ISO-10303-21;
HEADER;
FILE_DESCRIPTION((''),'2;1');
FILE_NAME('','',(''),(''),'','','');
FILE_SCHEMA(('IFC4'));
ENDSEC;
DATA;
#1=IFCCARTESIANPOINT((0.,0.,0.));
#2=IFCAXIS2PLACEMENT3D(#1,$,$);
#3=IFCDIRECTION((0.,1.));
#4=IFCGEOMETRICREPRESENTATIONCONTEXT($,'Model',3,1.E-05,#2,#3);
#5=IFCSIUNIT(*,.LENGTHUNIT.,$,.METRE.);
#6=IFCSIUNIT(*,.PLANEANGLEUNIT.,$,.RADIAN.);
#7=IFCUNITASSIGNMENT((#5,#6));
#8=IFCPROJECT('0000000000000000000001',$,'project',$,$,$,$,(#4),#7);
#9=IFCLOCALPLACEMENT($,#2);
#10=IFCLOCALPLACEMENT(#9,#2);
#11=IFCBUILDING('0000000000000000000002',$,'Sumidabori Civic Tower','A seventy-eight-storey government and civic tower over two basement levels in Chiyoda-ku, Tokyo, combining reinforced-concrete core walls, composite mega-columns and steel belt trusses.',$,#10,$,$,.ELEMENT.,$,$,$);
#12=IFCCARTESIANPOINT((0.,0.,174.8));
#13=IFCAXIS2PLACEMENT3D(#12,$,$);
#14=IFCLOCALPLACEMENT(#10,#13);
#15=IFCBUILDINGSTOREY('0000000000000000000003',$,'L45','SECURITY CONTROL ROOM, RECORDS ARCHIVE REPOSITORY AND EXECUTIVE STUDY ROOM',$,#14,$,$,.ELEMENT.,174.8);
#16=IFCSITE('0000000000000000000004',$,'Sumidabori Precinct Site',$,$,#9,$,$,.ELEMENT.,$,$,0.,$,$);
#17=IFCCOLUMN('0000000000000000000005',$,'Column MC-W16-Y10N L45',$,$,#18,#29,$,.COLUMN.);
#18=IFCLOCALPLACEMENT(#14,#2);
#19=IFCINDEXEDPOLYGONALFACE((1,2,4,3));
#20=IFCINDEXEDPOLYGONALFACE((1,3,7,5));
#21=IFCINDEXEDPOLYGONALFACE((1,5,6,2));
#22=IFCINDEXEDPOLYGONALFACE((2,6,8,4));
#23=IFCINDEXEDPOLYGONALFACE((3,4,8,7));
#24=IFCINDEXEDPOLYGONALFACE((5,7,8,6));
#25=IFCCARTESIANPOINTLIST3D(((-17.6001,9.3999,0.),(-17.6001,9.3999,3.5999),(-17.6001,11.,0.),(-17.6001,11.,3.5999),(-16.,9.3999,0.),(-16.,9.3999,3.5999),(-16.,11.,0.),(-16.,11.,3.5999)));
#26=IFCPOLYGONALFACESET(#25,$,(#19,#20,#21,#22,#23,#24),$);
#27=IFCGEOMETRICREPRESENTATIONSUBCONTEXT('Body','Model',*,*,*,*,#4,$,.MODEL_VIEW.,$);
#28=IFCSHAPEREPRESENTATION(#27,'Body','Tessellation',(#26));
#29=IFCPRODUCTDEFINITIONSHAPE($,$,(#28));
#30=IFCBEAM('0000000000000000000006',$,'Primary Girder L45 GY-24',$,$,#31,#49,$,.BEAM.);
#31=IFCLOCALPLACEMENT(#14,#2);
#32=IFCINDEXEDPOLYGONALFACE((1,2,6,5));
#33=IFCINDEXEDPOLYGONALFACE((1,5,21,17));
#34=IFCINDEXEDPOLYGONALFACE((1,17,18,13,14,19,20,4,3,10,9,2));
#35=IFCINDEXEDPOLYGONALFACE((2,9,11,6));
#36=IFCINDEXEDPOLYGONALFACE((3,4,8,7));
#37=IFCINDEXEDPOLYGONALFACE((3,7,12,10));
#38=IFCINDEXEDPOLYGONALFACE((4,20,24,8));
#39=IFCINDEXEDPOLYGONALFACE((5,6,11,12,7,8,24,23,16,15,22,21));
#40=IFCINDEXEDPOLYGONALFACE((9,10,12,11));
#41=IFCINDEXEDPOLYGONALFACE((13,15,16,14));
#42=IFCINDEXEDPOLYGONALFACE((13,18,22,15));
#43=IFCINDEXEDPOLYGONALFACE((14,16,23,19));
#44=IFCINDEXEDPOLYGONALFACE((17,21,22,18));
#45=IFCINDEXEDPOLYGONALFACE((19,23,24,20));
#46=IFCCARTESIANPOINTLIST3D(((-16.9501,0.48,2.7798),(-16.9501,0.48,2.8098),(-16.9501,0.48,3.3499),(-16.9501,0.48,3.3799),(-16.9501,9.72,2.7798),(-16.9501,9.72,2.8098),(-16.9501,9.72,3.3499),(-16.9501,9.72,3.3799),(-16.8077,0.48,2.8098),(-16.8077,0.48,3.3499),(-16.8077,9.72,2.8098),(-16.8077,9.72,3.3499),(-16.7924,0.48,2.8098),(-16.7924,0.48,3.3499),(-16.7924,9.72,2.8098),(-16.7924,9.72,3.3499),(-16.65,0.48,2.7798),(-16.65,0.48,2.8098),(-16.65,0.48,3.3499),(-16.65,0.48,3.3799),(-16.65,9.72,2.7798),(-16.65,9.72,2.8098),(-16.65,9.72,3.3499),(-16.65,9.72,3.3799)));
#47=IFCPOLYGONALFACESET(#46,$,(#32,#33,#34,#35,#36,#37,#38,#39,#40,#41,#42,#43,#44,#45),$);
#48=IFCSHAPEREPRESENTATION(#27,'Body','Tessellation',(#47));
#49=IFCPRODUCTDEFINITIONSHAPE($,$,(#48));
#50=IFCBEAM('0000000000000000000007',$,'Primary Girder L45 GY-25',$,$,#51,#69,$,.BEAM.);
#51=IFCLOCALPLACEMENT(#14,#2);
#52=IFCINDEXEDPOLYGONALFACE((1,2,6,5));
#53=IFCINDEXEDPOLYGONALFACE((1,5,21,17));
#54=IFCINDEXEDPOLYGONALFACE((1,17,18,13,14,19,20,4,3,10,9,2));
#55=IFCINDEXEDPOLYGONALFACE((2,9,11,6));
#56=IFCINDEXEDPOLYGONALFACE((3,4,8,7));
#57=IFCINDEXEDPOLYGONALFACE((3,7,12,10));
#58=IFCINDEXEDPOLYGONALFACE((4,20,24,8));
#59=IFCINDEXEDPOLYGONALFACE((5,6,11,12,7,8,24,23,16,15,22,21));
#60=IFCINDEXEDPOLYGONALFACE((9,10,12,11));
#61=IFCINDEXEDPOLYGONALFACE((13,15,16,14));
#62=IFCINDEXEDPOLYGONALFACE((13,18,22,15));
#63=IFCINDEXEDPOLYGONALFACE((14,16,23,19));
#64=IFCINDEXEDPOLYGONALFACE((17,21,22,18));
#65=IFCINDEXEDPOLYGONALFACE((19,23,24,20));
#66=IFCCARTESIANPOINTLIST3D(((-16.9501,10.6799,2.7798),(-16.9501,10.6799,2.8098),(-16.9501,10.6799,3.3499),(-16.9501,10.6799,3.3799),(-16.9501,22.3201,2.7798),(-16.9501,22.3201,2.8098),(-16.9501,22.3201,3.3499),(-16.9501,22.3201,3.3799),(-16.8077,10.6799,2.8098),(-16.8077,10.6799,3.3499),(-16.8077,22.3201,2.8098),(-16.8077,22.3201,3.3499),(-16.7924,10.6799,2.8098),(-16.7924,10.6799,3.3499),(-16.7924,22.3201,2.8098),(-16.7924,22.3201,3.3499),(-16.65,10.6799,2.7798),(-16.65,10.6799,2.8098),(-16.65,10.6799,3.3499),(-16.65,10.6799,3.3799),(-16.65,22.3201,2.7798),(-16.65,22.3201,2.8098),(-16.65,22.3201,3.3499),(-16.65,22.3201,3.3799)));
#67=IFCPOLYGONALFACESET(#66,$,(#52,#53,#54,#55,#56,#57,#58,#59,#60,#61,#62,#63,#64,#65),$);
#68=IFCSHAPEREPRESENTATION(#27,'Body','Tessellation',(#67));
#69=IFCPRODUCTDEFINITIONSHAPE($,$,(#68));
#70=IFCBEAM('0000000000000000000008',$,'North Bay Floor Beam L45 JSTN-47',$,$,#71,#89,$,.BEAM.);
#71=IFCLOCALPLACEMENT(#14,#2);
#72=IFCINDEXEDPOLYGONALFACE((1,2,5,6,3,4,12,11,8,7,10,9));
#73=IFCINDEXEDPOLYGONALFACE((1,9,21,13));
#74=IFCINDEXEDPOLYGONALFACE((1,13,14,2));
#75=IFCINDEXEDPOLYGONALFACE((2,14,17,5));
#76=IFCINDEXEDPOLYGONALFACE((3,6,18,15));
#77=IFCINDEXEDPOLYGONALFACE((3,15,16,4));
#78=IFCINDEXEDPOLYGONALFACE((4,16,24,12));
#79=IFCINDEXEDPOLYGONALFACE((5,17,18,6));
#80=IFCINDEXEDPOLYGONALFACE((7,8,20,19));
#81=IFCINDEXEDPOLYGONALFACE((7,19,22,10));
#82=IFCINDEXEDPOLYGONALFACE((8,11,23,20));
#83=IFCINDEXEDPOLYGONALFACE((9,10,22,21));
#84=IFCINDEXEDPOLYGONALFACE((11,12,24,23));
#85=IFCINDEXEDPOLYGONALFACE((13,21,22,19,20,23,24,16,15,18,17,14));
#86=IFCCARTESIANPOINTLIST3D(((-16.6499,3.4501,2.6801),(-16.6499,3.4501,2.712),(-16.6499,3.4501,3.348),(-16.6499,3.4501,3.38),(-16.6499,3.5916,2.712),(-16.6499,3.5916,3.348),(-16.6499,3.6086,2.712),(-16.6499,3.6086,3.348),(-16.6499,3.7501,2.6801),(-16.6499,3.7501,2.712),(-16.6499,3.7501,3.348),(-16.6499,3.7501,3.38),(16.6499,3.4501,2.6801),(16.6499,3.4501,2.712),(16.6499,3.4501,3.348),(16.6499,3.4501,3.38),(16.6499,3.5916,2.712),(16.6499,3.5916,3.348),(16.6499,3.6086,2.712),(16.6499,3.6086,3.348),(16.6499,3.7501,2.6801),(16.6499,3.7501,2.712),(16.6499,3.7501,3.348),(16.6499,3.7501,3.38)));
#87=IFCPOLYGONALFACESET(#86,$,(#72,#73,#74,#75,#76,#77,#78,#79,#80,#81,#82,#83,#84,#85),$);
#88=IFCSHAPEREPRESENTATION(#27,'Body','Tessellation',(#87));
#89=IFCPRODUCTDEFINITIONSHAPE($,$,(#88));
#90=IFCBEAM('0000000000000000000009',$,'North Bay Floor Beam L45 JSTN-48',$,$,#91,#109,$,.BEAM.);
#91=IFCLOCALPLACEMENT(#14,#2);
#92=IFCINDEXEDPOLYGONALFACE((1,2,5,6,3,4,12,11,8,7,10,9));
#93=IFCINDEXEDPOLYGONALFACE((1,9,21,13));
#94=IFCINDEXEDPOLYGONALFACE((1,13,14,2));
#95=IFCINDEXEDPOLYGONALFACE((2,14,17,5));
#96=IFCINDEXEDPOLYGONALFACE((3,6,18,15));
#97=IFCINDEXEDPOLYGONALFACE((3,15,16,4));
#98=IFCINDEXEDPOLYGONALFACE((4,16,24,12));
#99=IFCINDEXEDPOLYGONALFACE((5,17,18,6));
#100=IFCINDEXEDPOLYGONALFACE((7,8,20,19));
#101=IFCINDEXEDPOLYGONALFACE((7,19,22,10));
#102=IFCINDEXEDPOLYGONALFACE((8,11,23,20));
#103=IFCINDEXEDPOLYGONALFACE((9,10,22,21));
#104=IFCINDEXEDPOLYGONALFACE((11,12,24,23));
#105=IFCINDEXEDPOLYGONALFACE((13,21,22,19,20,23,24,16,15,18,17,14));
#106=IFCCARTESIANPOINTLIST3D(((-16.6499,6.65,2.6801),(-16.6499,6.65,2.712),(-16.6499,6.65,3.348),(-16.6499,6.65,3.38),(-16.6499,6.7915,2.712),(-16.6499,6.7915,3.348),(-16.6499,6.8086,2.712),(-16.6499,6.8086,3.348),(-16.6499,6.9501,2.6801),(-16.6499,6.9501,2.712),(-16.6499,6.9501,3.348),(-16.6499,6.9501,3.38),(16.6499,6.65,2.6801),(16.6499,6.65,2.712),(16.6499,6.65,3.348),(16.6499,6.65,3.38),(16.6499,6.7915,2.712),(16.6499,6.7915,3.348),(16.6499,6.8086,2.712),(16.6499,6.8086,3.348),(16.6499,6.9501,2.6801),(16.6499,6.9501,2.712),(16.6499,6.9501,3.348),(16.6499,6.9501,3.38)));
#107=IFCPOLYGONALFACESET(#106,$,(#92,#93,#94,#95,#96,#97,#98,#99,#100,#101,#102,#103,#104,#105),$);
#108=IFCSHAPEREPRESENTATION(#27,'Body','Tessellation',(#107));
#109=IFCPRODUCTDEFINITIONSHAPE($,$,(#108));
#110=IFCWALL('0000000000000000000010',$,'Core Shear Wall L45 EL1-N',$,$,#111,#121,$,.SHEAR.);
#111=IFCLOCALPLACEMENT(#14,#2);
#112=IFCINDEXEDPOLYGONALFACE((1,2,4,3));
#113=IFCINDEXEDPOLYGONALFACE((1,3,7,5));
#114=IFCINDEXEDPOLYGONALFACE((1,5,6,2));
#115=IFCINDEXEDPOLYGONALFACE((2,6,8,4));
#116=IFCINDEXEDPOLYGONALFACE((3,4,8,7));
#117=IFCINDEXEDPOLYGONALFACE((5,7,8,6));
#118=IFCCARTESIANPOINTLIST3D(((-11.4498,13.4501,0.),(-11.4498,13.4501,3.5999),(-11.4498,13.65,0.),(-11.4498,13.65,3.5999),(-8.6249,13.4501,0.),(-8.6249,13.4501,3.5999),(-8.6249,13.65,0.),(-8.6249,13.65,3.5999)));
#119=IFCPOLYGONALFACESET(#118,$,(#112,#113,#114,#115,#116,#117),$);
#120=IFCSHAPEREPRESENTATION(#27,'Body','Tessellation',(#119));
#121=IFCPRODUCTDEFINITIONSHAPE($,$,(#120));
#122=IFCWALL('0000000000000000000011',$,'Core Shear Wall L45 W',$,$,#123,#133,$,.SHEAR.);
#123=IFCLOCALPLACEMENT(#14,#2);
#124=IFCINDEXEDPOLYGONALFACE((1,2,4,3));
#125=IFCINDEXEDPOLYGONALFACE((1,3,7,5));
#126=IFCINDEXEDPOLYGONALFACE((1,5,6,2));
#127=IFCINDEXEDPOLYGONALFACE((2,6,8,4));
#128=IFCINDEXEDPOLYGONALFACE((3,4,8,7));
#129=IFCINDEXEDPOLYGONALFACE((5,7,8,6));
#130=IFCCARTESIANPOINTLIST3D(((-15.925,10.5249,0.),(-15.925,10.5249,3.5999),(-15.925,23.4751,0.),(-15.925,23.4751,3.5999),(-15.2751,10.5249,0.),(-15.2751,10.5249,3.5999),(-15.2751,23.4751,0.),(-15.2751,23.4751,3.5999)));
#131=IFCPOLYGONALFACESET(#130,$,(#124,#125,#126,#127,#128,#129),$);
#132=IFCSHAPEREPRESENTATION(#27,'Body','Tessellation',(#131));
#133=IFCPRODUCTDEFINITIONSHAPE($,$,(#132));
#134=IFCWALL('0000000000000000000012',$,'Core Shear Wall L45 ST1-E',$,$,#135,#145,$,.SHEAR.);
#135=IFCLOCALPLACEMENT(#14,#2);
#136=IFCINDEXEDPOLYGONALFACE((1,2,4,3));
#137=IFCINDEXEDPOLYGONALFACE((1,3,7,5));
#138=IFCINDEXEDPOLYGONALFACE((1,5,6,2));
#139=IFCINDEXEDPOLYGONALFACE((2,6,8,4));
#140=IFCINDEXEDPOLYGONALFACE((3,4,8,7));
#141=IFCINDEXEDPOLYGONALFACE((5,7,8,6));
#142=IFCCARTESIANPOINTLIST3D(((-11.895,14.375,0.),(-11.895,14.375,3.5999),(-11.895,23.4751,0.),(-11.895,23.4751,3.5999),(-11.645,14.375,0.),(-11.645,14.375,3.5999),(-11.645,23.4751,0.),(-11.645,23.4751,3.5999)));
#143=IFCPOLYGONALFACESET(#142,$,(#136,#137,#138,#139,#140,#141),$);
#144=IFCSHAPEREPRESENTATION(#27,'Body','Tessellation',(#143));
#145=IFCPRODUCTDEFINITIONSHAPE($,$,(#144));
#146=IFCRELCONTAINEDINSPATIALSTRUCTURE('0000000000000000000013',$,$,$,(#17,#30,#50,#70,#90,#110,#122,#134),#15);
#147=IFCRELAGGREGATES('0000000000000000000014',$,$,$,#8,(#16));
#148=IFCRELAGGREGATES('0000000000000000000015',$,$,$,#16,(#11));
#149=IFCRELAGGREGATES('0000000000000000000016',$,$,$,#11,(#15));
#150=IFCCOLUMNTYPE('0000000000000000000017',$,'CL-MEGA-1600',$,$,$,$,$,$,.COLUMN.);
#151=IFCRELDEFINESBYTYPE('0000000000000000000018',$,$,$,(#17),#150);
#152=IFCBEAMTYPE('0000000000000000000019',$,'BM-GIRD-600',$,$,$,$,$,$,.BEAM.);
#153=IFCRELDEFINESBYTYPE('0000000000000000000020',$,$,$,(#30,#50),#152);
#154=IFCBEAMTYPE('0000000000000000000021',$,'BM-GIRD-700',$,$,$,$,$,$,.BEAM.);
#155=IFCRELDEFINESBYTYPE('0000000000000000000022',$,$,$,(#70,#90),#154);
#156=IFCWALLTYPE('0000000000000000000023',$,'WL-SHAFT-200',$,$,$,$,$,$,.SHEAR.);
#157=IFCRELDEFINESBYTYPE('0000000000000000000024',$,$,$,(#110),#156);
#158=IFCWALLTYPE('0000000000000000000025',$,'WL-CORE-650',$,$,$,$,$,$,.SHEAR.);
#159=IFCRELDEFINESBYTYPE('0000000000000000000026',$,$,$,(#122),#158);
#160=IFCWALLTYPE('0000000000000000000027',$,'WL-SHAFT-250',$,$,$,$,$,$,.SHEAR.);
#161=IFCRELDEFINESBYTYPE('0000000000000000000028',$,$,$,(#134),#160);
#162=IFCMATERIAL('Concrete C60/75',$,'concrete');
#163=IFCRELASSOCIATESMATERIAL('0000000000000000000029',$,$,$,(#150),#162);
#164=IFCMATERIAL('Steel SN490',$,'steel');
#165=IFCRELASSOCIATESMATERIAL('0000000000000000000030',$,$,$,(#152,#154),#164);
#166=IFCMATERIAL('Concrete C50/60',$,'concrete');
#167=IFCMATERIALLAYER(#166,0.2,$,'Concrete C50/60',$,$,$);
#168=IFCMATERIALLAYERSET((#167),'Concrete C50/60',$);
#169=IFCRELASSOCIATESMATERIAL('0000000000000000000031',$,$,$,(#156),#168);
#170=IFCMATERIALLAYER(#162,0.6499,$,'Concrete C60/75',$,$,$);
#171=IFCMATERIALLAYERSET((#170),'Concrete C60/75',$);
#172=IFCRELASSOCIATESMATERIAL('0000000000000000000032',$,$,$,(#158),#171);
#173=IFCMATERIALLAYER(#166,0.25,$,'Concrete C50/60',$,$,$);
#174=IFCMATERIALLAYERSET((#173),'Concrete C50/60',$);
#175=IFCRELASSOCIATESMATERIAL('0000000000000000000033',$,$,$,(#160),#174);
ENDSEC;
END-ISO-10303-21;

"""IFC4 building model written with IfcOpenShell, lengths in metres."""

from ifc_helpers import new_model, si_unit, direction, frame, frame_2d, origin, origin_2d, place, context, subcontext, project, spatial, rectangle, i_section, extrude, source, transform, mapped, material, layer, layer_set, material_profile, profile_set, type_object, element, save


model = new_model("IFC4")

# Units and contexts
model_context = context("Model", 3, precision=1e-05, world=origin(), true_north=direction((0.0, 1.0)))
body_context = subcontext(model_context, "Body", "Model", "MODEL_VIEW")
ifc_project = project(units=[si_unit("LENGTHUNIT", "METRE"), si_unit("PLANEANGLEUNIT", "RADIAN")], contexts=[model_context])

# Site, building, storey
site_placement = place(None, origin())
site = spatial("IfcSite", under=ifc_project, at=site_placement, Name="Sumidabori Precinct Site", CompositionType="ELEMENT", RefElevation=0.0)
building_placement = place(site_placement, origin())
building = spatial("IfcBuilding", under=site, at=building_placement, Name="Sumidabori Civic Tower", Description="A seventy-eight-storey government and civic tower over two basement levels in Chiyoda-ku, Tokyo, combining reinforced-concrete core walls, composite mega-columns and steel belt trusses.", CompositionType="ELEMENT")
storey_placement = place(building_placement, frame((0.0, 0.0, 174.8)))
storey = spatial("IfcBuildingStorey", under=building, at=storey_placement, Name="L45", Description="SECURITY CONTROL ROOM, RECORDS ARCHIVE REPOSITORY AND EXECUTIVE STUDY ROOM", CompositionType="ELEMENT", Elevation=174.8)

# Column
ifc_material_1 = material(Name="Concrete C60/75", Category="concrete")
ifc_material_profile_1 = material_profile(ifc_material_1, rectangle(XDim=1.6001, YDim=1.6001, at=origin_2d()), Name="RC 1600x1600")
ifc_profile_set_1 = profile_set([ifc_material_profile_1], Name="Concrete C60/75")
column_type = type_object("IfcColumnType", Name="CL-MEGA-1600", PredefinedType="COLUMN", material=ifc_profile_set_1)
shared_shape_1 = source(origin(), body_context, "Body", "SweptSolid", [
    extrude(rectangle(XDim=1.6001, YDim=1.6001, at=origin_2d()), origin(), (0.0, 0.0, 1.0), 3.5999),
])
column_placement = place(storey_placement, frame((-16.8, 10.2, 0.0), z_axis=(0.0, 0.0, 1.0), x_axis=(1.0, 0.0, 0.0)))
element("IfcColumn", 1, at=column_placement, inside=storey, type_object=column_type, Name="Column MC-W16-Y10N L45", PredefinedType="COLUMN", context=body_context, shape_type="MappedRepresentation", body=[
    mapped(shared_shape_1, transform((0.0, 0.0, 0.0), x_axis=(1.0, 0.0, 0.0), y_axis=(0.0, 1.0, 0.0), z_axis=(0.0, 0.0, 1.0), scale=1.0)),
])

# Beams
ifc_material_2 = material(Name="Steel SN490", Category="steel")
ifc_material_profile_2 = material_profile(ifc_material_2, i_section(OverallWidth=0.3, OverallDepth=0.6001, WebThickness=0.0154, FlangeThickness=0.03, at=origin_2d()), Name="HE 600 B")
ifc_profile_set_2 = profile_set([ifc_material_profile_2], Name="Steel SN490")
beam_type_1 = type_object("IfcBeamType", Name="BM-GIRD-600", PredefinedType="BEAM", material=ifc_profile_set_2)
shared_shape_2 = source(origin(), body_context, "Body", "SweptSolid", [
    extrude(i_section(OverallWidth=0.3, OverallDepth=0.6001, WebThickness=0.0154, FlangeThickness=0.03, at=origin_2d()), origin(), (0.0, 0.0, 1.0), 9.24),
])
beam_1_placement = place(storey_placement, frame((-16.8, 0.48, 3.0798), z_axis=(0.0, 1.0, 0.0), x_axis=(-1.0, 0.0, 0.0)))
element("IfcBeam", 2, at=beam_1_placement, inside=storey, type_object=beam_type_1, Name="Primary Girder L45 GY-24", PredefinedType="BEAM", context=body_context, shape_type="MappedRepresentation", body=[
    mapped(shared_shape_2, transform((0.0, 0.0, 0.0), x_axis=(1.0, 0.0, 0.0), y_axis=(0.0, 1.0, 0.0), z_axis=(0.0, 0.0, 1.0), scale=1.0)),
])
shared_shape_3 = source(origin(), body_context, "Body", "SweptSolid", [
    extrude(i_section(OverallWidth=0.3, OverallDepth=0.6001, WebThickness=0.0154, FlangeThickness=0.03, at=origin_2d()), origin(), (0.0, 0.0, 1.0), 11.6401),
])
beam_2_placement = place(storey_placement, frame((-16.8, 10.6799, 3.0798), z_axis=(0.0, 1.0, 0.0), x_axis=(-1.0, 0.0, 0.0)))
element("IfcBeam", 3, at=beam_2_placement, inside=storey, type_object=beam_type_1, Name="Primary Girder L45 GY-25", PredefinedType="BEAM", context=body_context, shape_type="MappedRepresentation", body=[
    mapped(shared_shape_3, transform((0.0, 0.0, 0.0), x_axis=(1.0, 0.0, 0.0), y_axis=(0.0, 1.0, 0.0), z_axis=(0.0, 0.0, 1.0), scale=1.0)),
])
ifc_material_profile_3 = material_profile(ifc_material_2, i_section(OverallWidth=0.3, OverallDepth=0.7, WebThickness=0.0171, FlangeThickness=0.032, at=origin_2d()), Name="HE 700 B")
ifc_profile_set_3 = profile_set([ifc_material_profile_3], Name="Steel SN490")
beam_type_2 = type_object("IfcBeamType", Name="BM-GIRD-700", PredefinedType="BEAM", material=ifc_profile_set_3)
shared_shape_4 = source(origin(), body_context, "Body", "SweptSolid", [
    extrude(i_section(OverallWidth=0.3, OverallDepth=0.7, WebThickness=0.0171, FlangeThickness=0.032, at=origin_2d()), origin(), (0.0, 0.0, 1.0), 33.2998),
])
for number, where, z_axis, x_axis, name in (
    (4, (-16.6499, 3.6001, 3.03), (1.0, 0.0, 0.0), (0.0, 1.0, 0.0), "North Bay Floor Beam L45 JSTN-47"),
    (5, (-16.6499, 6.8, 3.03), (1.0, 0.0, 0.0), (0.0, 1.0, 0.0), "North Bay Floor Beam L45 JSTN-48"),
):
    element("IfcBeam", number, at=place(storey_placement, frame(where, z_axis=z_axis, x_axis=x_axis)), inside=storey, type_object=beam_type_2, Name=name, PredefinedType="BEAM", context=body_context, shape_type="MappedRepresentation", body=[
        mapped(shared_shape_4, transform((0.0, 0.0, 0.0), x_axis=(1.0, 0.0, 0.0), y_axis=(0.0, 1.0, 0.0), z_axis=(0.0, 0.0, 1.0), scale=1.0)),
    ])

# Wall
ifc_material_3 = material(Name="Concrete C50/60", Category="concrete")
ifc_layer_1 = layer(ifc_material_3, 0.2, Name="Concrete C50/60")
ifc_layer_set_1 = layer_set([ifc_layer_1], Name="Concrete C50/60")
wall_type_1 = type_object("IfcWallType", Name="WL-SHAFT-200", PredefinedType="SHEAR", material=ifc_layer_set_1)
shared_shape_5 = source(origin(), body_context, "Body", "SweptSolid", [
    extrude(rectangle(XDim=2.825, YDim=0.2, at=frame_2d((1.4126, 0.0))), origin(), (0.0, 0.0, 1.0), 3.5999),
])
wall_1_placement = place(storey_placement, frame((-11.45, 13.55, 0.0), z_axis=(0.0, 0.0, 1.0), x_axis=(1.0, 0.0, 0.0)))
element("IfcWall", 6, at=wall_1_placement, inside=storey, type_object=wall_type_1, Name="Core Shear Wall L45 EL1-N", PredefinedType="SHEAR", context=body_context, shape_type="MappedRepresentation", body=[
    mapped(shared_shape_5, transform((0.0, 0.0, 0.0), x_axis=(1.0, 0.0, 0.0), y_axis=(0.0, 1.0, 0.0), z_axis=(0.0, 0.0, 1.0), scale=1.0)),
])

# Shared definitions
ifc_layer_2 = layer(ifc_material_1, 0.6499, Name="Concrete C60/75")
ifc_layer_set_2 = layer_set([ifc_layer_2], Name="Concrete C60/75")
wall_type_2 = type_object("IfcWallType", Name="WL-CORE-650", PredefinedType="SHEAR", material=ifc_layer_set_2)

# Wall
shared_shape_6 = source(origin(), body_context, "Body", "SweptSolid", [
    extrude(rectangle(XDim=12.9502, YDim=0.6499, at=frame_2d((6.4751, 0.0))), origin(), (0.0, 0.0, 1.0), 3.5999),
])
wall_2_placement = place(storey_placement, frame((-15.6001, 10.5249, 0.0), z_axis=(0.0, 0.0, 1.0), x_axis=(0.0, 1.0, 0.0)))
element("IfcWall", 7, at=wall_2_placement, inside=storey, type_object=wall_type_2, Name="Core Shear Wall L45 W", PredefinedType="SHEAR", context=body_context, shape_type="MappedRepresentation", body=[
    mapped(shared_shape_6, transform((0.0, 0.0, 0.0), x_axis=(1.0, 0.0, 0.0), y_axis=(0.0, 1.0, 0.0), z_axis=(0.0, 0.0, 1.0), scale=1.0)),
])

# Shared definitions
ifc_layer_3 = layer(ifc_material_3, 0.25, Name="Concrete C50/60")
ifc_layer_set_3 = layer_set([ifc_layer_3], Name="Concrete C50/60")
wall_type_3 = type_object("IfcWallType", Name="WL-SHAFT-250", PredefinedType="SHEAR", material=ifc_layer_set_3)

# Wall
shared_shape_7 = source(origin(), body_context, "Body", "SweptSolid", [
    extrude(rectangle(XDim=9.1001, YDim=0.25, at=frame_2d((4.55, 0.0))), origin(), (0.0, 0.0, 1.0), 3.5999),
])
wall_3_placement = place(storey_placement, frame((-11.77, 14.375, 0.0), z_axis=(0.0, 0.0, 1.0), x_axis=(0.0, 1.0, 0.0)))
element("IfcWall", 8, at=wall_3_placement, inside=storey, type_object=wall_type_3, Name="Core Shear Wall L45 ST1-E", PredefinedType="SHEAR", context=body_context, shape_type="MappedRepresentation", body=[
    mapped(shared_shape_7, transform((0.0, 0.0, 0.0), x_axis=(1.0, 0.0, 0.0), y_axis=(0.0, 1.0, 0.0), z_axis=(0.0, 0.0, 1.0), scale=1.0)),
])

save(model, "model.ifc")
